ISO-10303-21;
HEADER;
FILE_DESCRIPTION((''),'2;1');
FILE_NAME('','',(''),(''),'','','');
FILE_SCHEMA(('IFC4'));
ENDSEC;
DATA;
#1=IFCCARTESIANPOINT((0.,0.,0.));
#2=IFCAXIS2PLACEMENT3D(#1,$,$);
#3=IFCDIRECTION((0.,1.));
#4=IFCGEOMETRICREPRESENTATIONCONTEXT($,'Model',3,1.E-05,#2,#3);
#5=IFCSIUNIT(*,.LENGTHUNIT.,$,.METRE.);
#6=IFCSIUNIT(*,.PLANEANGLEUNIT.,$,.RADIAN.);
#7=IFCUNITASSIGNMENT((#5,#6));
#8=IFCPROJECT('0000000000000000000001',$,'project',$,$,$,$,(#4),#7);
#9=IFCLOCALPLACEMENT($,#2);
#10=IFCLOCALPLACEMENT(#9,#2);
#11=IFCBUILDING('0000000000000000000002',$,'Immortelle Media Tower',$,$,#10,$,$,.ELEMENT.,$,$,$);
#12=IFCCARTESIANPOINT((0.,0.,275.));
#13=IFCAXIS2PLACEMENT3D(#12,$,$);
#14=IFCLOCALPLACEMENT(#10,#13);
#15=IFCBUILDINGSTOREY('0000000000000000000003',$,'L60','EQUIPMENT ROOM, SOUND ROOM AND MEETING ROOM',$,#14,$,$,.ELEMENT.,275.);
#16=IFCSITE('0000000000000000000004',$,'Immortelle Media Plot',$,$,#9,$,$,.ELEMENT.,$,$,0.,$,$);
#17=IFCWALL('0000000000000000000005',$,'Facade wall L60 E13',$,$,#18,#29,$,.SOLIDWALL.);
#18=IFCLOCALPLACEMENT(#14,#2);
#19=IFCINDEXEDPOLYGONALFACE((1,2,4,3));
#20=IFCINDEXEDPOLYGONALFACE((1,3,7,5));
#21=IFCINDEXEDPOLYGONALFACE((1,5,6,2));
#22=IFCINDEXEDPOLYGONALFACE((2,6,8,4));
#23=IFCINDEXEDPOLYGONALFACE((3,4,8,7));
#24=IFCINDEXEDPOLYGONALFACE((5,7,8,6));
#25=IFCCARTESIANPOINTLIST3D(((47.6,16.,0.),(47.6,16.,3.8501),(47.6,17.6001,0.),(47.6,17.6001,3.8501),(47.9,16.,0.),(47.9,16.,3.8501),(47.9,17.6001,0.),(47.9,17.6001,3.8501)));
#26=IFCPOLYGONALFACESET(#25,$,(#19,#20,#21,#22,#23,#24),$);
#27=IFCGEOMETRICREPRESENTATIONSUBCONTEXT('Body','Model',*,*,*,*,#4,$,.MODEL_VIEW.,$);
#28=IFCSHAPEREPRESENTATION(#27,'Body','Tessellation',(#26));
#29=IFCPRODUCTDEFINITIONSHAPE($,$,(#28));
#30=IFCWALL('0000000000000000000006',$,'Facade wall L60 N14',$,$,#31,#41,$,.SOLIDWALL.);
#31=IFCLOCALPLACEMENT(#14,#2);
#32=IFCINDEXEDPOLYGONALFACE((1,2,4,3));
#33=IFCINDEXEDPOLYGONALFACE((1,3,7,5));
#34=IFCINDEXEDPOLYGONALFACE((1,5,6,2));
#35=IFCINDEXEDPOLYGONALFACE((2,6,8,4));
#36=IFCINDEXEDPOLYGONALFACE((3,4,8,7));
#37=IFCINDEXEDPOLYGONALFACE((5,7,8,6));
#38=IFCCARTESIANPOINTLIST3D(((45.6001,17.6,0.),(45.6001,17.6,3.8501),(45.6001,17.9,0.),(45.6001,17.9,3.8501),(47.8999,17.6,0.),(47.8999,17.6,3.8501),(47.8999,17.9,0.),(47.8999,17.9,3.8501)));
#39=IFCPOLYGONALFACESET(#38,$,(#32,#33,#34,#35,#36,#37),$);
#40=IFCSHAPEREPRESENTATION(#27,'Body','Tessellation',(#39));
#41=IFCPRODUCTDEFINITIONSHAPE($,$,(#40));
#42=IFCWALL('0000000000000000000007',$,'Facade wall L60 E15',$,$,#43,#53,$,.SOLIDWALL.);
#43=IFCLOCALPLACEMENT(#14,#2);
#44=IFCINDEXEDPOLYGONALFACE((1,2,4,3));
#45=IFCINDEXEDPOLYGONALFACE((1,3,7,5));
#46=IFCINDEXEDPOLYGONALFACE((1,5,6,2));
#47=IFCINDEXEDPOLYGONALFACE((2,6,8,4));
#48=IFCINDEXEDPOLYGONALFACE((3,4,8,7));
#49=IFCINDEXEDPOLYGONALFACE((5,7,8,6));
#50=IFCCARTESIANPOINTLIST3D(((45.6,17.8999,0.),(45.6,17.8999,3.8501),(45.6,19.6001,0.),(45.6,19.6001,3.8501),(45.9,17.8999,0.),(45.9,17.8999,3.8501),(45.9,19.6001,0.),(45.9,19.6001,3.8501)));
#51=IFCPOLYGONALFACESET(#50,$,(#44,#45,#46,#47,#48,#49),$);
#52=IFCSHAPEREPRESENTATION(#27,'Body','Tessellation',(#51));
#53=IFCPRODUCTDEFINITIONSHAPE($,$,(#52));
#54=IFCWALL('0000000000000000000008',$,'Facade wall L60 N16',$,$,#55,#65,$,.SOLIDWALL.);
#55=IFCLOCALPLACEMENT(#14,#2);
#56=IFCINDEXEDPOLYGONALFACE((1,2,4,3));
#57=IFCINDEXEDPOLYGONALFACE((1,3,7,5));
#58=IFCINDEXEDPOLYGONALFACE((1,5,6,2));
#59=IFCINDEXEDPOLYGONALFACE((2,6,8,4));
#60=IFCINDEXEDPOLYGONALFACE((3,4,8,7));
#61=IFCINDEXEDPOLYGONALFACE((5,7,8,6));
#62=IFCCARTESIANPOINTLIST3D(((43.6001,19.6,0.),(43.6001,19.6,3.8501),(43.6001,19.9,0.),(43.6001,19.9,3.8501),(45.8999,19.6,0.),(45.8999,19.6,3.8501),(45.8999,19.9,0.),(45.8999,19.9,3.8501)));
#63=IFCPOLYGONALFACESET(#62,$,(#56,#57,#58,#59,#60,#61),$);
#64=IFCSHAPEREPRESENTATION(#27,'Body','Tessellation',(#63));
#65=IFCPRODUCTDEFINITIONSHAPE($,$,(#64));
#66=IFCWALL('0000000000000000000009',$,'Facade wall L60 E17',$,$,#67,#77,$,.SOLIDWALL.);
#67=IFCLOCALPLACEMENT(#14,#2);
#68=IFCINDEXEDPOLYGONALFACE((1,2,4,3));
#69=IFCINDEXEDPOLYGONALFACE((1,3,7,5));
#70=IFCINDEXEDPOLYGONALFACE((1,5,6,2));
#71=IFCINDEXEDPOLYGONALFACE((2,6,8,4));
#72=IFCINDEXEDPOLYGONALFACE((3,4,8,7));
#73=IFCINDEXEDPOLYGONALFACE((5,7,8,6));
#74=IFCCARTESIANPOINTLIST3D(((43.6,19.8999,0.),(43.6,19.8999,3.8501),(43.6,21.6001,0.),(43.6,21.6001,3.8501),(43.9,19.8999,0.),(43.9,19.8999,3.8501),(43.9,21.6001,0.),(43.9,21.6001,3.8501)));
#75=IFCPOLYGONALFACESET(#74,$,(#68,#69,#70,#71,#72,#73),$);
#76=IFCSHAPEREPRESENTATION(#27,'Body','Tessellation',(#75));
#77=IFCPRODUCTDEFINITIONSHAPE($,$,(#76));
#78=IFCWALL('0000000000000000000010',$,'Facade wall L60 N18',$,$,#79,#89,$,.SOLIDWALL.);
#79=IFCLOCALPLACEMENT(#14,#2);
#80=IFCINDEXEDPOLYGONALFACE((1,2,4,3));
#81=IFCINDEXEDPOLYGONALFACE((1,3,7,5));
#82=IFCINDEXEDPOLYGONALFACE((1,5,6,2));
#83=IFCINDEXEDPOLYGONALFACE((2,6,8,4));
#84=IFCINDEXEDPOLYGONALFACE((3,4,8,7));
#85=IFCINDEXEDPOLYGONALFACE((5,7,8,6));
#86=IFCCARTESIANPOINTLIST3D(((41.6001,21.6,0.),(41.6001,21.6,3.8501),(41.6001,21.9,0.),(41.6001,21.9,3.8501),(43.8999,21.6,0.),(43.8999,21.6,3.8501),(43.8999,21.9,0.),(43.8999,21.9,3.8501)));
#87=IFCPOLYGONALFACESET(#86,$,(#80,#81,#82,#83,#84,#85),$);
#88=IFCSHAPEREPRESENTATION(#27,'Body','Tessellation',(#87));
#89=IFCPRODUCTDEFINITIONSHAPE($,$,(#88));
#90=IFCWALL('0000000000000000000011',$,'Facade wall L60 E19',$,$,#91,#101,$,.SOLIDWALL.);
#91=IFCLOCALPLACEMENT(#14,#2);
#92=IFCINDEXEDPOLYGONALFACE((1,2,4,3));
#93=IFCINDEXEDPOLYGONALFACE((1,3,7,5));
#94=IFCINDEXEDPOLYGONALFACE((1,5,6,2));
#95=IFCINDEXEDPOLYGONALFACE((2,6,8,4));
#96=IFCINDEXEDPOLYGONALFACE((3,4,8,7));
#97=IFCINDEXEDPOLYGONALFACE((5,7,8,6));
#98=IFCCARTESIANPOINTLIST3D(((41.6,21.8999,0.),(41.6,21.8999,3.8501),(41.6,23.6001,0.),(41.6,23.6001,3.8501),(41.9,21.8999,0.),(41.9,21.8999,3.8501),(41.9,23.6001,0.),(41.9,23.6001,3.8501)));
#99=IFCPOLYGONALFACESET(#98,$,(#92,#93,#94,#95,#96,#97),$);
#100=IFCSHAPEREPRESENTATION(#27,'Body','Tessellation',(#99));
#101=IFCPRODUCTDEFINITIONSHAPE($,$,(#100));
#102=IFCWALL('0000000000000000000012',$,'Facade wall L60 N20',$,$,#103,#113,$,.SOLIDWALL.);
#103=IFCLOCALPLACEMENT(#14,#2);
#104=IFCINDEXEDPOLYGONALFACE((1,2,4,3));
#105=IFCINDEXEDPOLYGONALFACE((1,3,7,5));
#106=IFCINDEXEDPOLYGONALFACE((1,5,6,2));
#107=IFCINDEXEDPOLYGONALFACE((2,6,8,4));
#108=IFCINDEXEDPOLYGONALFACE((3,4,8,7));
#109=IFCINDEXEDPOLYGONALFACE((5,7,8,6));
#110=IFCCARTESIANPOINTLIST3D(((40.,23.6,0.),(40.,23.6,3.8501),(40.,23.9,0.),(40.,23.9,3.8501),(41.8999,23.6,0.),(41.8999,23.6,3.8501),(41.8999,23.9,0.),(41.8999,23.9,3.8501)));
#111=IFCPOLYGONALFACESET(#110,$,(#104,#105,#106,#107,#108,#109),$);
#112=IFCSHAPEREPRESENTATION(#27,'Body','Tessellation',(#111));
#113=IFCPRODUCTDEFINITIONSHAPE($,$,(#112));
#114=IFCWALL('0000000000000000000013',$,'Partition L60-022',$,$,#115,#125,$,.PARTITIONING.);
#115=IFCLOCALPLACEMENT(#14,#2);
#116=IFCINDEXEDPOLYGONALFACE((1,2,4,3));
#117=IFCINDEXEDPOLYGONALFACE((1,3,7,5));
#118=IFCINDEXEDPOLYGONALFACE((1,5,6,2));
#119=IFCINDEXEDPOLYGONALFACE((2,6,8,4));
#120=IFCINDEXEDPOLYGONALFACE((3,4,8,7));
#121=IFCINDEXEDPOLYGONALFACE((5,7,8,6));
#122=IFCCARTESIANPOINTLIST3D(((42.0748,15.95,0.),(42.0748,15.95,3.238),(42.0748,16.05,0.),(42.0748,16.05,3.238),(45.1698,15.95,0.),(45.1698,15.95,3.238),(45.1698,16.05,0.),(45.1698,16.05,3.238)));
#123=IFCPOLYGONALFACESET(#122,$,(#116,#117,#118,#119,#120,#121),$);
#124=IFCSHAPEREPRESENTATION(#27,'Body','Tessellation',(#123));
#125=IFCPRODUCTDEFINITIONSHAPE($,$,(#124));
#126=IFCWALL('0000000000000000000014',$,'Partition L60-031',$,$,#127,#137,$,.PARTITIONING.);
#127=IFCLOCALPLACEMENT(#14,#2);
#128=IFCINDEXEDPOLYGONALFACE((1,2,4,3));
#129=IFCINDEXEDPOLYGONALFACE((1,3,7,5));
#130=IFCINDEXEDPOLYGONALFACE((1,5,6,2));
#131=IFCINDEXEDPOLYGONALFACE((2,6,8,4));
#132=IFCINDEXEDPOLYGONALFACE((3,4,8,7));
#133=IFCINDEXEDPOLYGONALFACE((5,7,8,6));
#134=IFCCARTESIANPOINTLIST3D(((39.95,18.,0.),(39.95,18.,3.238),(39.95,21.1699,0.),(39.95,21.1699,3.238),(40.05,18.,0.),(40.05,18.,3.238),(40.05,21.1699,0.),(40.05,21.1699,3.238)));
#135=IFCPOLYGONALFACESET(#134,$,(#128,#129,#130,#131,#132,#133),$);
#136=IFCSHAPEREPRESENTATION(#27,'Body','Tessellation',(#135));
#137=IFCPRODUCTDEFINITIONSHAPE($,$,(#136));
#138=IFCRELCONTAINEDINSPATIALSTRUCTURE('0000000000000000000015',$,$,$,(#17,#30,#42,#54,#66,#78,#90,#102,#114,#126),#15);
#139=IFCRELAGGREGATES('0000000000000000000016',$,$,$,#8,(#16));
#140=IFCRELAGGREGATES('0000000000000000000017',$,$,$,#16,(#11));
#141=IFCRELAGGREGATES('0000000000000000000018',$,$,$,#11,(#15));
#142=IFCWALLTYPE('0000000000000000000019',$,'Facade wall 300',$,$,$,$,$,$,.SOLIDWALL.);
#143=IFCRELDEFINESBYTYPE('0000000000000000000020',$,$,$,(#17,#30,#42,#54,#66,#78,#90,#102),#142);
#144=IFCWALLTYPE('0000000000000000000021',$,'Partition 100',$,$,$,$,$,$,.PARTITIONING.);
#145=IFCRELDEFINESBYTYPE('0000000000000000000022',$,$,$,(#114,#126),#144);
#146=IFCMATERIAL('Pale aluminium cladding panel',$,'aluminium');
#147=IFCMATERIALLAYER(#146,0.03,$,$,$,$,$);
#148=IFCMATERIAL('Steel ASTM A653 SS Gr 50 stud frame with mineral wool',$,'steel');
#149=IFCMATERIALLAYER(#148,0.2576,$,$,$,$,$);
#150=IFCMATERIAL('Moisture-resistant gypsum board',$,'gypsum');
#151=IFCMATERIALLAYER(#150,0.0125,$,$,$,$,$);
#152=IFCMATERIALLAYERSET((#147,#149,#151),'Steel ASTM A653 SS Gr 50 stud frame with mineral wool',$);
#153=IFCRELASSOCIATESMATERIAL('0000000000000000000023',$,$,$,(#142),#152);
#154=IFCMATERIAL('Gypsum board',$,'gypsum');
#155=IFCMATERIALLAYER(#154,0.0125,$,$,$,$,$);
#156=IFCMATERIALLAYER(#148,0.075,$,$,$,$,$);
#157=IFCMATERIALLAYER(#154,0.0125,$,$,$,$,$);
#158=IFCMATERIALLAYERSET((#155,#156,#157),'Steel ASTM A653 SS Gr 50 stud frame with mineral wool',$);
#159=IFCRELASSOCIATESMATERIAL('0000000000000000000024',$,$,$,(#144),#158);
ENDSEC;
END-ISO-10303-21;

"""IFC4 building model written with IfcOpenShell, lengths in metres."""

from ifc_helpers import new_model, si_unit, direction, frame, frame_2d, origin, place, context, subcontext, project, spatial, rectangle, extrude, material, layer, layer_set, type_object, element, save


model = new_model("IFC4")

# Units and contexts
model_context = context("Model", 3, precision=1e-05, world=origin(), true_north=direction((0.0, 1.0)))
body_context = subcontext(model_context, "Body", "Model", "MODEL_VIEW")
ifc_project = project(units=[si_unit("LENGTHUNIT", "METRE"), si_unit("PLANEANGLEUNIT", "RADIAN")], contexts=[model_context])

# Site, building, storey
site_placement = place(None, origin())
site = spatial("IfcSite", under=ifc_project, at=site_placement, Name="Immortelle Media Plot", CompositionType="ELEMENT", RefElevation=0.0)
building_placement = place(site_placement, origin())
building = spatial("IfcBuilding", under=site, at=building_placement, Name="Immortelle Media Tower", CompositionType="ELEMENT")
storey_placement = place(building_placement, frame((0.0, 0.0, 275.0)))
storey = spatial("IfcBuildingStorey", under=building, at=storey_placement, Name="L60", Description="EQUIPMENT ROOM, SOUND ROOM AND MEETING ROOM", CompositionType="ELEMENT", Elevation=275.0)

# Walls
ifc_material_1 = material(Name="Steel ASTM A653 SS Gr 50 stud frame with mineral wool", Category="steel")
ifc_material_2 = material(Name="Pale aluminium cladding panel", Category="aluminium")
ifc_layer_1 = layer(ifc_material_2, 0.03)
ifc_layer_2 = layer(ifc_material_1, 0.2576)
ifc_material_3 = material(Name="Moisture-resistant gypsum board", Category="gypsum")
ifc_layer_3 = layer(ifc_material_3, 0.0125)
ifc_layer_set_1 = layer_set([ifc_layer_1, ifc_layer_2, ifc_layer_3], Name="Steel ASTM A653 SS Gr 50 stud frame with mineral wool")
wall_type_1 = type_object("IfcWallType", Name="Facade wall 300", PredefinedType="SOLIDWALL", material=ifc_layer_set_1)
wall_1_placement = place(storey_placement, frame((47.75, 16.0, 0.0), z_axis=(0.0, 0.0, 1.0), x_axis=(0.0, 1.0, 0.0)))
element("IfcWall", 1, at=wall_1_placement, inside=storey, type_object=wall_type_1, Name="Facade wall L60 E13", PredefinedType="SOLIDWALL", context=body_context, shape_type="SweptSolid", body=[
    extrude(rectangle(XDim=1.6001, YDim=0.3, at=frame_2d((0.8, 0.0))), origin(), (0.0, 0.0, 1.0), 3.8501),
])
wall_2_placement = place(storey_placement, frame((47.8999, 17.75, 0.0), z_axis=(0.0, 0.0, 1.0), x_axis=(-1.0, 0.0, 0.0)))
element("IfcWall", 2, at=wall_2_placement, inside=storey, type_object=wall_type_1, Name="Facade wall L60 N14", PredefinedType="SOLIDWALL", context=body_context, shape_type="SweptSolid", body=[
    extrude(rectangle(XDim=2.2998, YDim=0.3, at=frame_2d((1.1499, 0.0))), origin(), (0.0, 0.0, 1.0), 3.8501),
])
wall_3_placement = place(storey_placement, frame((45.75, 17.8999, 0.0), z_axis=(0.0, 0.0, 1.0), x_axis=(0.0, 1.0, 0.0)))
element("IfcWall", 3, at=wall_3_placement, inside=storey, type_object=wall_type_1, Name="Facade wall L60 E15", PredefinedType="SOLIDWALL", context=body_context, shape_type="SweptSolid", body=[
    extrude(rectangle(XDim=1.7002, YDim=0.3, at=frame_2d((0.8501, 0.0))), origin(), (0.0, 0.0, 1.0), 3.8501),
])
wall_4_placement = place(storey_placement, frame((45.8999, 19.75, 0.0), z_axis=(0.0, 0.0, 1.0), x_axis=(-1.0, 0.0, 0.0)))
element("IfcWall", 4, at=wall_4_placement, inside=storey, type_object=wall_type_1, Name="Facade wall L60 N16", PredefinedType="SOLIDWALL", context=body_context, shape_type="SweptSolid", body=[
    extrude(rectangle(XDim=2.2998, YDim=0.3, at=frame_2d((1.1499, 0.0))), origin(), (0.0, 0.0, 1.0), 3.8501),
])
wall_5_placement = place(storey_placement, frame((43.75, 19.8999, 0.0), z_axis=(0.0, 0.0, 1.0), x_axis=(0.0, 1.0, 0.0)))
element("IfcWall", 5, at=wall_5_placement, inside=storey, type_object=wall_type_1, Name="Facade wall L60 E17", PredefinedType="SOLIDWALL", context=body_context, shape_type="SweptSolid", body=[
    extrude(rectangle(XDim=1.7002, YDim=0.3, at=frame_2d((0.8501, 0.0))), origin(), (0.0, 0.0, 1.0), 3.8501),
])
wall_6_placement = place(storey_placement, frame((43.8999, 21.75, 0.0), z_axis=(0.0, 0.0, 1.0), x_axis=(-1.0, 0.0, 0.0)))
element("IfcWall", 6, at=wall_6_placement, inside=storey, type_object=wall_type_1, Name="Facade wall L60 N18", PredefinedType="SOLIDWALL", context=body_context, shape_type="SweptSolid", body=[
    extrude(rectangle(XDim=2.2998, YDim=0.3, at=frame_2d((1.1499, 0.0))), origin(), (0.0, 0.0, 1.0), 3.8501),
])
wall_7_placement = place(storey_placement, frame((41.75, 21.8999, 0.0), z_axis=(0.0, 0.0, 1.0), x_axis=(0.0, 1.0, 0.0)))
element("IfcWall", 7, at=wall_7_placement, inside=storey, type_object=wall_type_1, Name="Facade wall L60 E19", PredefinedType="SOLIDWALL", context=body_context, shape_type="SweptSolid", body=[
    extrude(rectangle(XDim=1.7002, YDim=0.3, at=frame_2d((0.8501, 0.0))), origin(), (0.0, 0.0, 1.0), 3.8501),
])
wall_8_placement = place(storey_placement, frame((41.8999, 23.75, 0.0), z_axis=(0.0, 0.0, 1.0), x_axis=(-1.0, 0.0, 0.0)))
element("IfcWall", 8, at=wall_8_placement, inside=storey, type_object=wall_type_1, Name="Facade wall L60 N20", PredefinedType="SOLIDWALL", context=body_context, shape_type="SweptSolid", body=[
    extrude(rectangle(XDim=1.8999, YDim=0.3, at=frame_2d((0.95, 0.0))), origin(), (0.0, 0.0, 1.0), 3.8501),
])
ifc_material_4 = material(Name="Gypsum board", Category="gypsum")
ifc_layer_4 = layer(ifc_material_4, 0.0125)
ifc_layer_5 = layer(ifc_material_1, 0.075)
ifc_layer_6 = layer(ifc_material_4, 0.0125)
ifc_layer_set_2 = layer_set([ifc_layer_4, ifc_layer_5, ifc_layer_6], Name="Steel ASTM A653 SS Gr 50 stud frame with mineral wool")
wall_type_2 = type_object("IfcWallType", Name="Partition 100", PredefinedType="PARTITIONING", material=ifc_layer_set_2)
wall_9_placement = place(storey_placement, frame((42.075, 16.0, 0.0), z_axis=(0.0, 0.0, 1.0), x_axis=(1.0, 0.0, 0.0)))
element("IfcWall", 9, at=wall_9_placement, inside=storey, type_object=wall_type_2, Name="Partition L60-022", PredefinedType="PARTITIONING", context=body_context, shape_type="SweptSolid", body=[
    extrude(rectangle(XDim=3.095, YDim=0.1001, at=frame_2d((1.5474, 0.0))), origin(), (0.0, 0.0, 1.0), 3.238),
])
wall_10_placement = place(storey_placement, frame((40.0, 18.0, 0.0), z_axis=(0.0, 0.0, 1.0), x_axis=(0.0, 1.0, 0.0)))
element("IfcWall", 10, at=wall_10_placement, inside=storey, type_object=wall_type_2, Name="Partition L60-031", PredefinedType="PARTITIONING", context=body_context, shape_type="SweptSolid", body=[
    extrude(rectangle(XDim=3.1699, YDim=0.1001, at=frame_2d((1.585, 0.0))), origin(), (0.0, 0.0, 1.0), 3.238),
])

save(model, "model.ifc")
